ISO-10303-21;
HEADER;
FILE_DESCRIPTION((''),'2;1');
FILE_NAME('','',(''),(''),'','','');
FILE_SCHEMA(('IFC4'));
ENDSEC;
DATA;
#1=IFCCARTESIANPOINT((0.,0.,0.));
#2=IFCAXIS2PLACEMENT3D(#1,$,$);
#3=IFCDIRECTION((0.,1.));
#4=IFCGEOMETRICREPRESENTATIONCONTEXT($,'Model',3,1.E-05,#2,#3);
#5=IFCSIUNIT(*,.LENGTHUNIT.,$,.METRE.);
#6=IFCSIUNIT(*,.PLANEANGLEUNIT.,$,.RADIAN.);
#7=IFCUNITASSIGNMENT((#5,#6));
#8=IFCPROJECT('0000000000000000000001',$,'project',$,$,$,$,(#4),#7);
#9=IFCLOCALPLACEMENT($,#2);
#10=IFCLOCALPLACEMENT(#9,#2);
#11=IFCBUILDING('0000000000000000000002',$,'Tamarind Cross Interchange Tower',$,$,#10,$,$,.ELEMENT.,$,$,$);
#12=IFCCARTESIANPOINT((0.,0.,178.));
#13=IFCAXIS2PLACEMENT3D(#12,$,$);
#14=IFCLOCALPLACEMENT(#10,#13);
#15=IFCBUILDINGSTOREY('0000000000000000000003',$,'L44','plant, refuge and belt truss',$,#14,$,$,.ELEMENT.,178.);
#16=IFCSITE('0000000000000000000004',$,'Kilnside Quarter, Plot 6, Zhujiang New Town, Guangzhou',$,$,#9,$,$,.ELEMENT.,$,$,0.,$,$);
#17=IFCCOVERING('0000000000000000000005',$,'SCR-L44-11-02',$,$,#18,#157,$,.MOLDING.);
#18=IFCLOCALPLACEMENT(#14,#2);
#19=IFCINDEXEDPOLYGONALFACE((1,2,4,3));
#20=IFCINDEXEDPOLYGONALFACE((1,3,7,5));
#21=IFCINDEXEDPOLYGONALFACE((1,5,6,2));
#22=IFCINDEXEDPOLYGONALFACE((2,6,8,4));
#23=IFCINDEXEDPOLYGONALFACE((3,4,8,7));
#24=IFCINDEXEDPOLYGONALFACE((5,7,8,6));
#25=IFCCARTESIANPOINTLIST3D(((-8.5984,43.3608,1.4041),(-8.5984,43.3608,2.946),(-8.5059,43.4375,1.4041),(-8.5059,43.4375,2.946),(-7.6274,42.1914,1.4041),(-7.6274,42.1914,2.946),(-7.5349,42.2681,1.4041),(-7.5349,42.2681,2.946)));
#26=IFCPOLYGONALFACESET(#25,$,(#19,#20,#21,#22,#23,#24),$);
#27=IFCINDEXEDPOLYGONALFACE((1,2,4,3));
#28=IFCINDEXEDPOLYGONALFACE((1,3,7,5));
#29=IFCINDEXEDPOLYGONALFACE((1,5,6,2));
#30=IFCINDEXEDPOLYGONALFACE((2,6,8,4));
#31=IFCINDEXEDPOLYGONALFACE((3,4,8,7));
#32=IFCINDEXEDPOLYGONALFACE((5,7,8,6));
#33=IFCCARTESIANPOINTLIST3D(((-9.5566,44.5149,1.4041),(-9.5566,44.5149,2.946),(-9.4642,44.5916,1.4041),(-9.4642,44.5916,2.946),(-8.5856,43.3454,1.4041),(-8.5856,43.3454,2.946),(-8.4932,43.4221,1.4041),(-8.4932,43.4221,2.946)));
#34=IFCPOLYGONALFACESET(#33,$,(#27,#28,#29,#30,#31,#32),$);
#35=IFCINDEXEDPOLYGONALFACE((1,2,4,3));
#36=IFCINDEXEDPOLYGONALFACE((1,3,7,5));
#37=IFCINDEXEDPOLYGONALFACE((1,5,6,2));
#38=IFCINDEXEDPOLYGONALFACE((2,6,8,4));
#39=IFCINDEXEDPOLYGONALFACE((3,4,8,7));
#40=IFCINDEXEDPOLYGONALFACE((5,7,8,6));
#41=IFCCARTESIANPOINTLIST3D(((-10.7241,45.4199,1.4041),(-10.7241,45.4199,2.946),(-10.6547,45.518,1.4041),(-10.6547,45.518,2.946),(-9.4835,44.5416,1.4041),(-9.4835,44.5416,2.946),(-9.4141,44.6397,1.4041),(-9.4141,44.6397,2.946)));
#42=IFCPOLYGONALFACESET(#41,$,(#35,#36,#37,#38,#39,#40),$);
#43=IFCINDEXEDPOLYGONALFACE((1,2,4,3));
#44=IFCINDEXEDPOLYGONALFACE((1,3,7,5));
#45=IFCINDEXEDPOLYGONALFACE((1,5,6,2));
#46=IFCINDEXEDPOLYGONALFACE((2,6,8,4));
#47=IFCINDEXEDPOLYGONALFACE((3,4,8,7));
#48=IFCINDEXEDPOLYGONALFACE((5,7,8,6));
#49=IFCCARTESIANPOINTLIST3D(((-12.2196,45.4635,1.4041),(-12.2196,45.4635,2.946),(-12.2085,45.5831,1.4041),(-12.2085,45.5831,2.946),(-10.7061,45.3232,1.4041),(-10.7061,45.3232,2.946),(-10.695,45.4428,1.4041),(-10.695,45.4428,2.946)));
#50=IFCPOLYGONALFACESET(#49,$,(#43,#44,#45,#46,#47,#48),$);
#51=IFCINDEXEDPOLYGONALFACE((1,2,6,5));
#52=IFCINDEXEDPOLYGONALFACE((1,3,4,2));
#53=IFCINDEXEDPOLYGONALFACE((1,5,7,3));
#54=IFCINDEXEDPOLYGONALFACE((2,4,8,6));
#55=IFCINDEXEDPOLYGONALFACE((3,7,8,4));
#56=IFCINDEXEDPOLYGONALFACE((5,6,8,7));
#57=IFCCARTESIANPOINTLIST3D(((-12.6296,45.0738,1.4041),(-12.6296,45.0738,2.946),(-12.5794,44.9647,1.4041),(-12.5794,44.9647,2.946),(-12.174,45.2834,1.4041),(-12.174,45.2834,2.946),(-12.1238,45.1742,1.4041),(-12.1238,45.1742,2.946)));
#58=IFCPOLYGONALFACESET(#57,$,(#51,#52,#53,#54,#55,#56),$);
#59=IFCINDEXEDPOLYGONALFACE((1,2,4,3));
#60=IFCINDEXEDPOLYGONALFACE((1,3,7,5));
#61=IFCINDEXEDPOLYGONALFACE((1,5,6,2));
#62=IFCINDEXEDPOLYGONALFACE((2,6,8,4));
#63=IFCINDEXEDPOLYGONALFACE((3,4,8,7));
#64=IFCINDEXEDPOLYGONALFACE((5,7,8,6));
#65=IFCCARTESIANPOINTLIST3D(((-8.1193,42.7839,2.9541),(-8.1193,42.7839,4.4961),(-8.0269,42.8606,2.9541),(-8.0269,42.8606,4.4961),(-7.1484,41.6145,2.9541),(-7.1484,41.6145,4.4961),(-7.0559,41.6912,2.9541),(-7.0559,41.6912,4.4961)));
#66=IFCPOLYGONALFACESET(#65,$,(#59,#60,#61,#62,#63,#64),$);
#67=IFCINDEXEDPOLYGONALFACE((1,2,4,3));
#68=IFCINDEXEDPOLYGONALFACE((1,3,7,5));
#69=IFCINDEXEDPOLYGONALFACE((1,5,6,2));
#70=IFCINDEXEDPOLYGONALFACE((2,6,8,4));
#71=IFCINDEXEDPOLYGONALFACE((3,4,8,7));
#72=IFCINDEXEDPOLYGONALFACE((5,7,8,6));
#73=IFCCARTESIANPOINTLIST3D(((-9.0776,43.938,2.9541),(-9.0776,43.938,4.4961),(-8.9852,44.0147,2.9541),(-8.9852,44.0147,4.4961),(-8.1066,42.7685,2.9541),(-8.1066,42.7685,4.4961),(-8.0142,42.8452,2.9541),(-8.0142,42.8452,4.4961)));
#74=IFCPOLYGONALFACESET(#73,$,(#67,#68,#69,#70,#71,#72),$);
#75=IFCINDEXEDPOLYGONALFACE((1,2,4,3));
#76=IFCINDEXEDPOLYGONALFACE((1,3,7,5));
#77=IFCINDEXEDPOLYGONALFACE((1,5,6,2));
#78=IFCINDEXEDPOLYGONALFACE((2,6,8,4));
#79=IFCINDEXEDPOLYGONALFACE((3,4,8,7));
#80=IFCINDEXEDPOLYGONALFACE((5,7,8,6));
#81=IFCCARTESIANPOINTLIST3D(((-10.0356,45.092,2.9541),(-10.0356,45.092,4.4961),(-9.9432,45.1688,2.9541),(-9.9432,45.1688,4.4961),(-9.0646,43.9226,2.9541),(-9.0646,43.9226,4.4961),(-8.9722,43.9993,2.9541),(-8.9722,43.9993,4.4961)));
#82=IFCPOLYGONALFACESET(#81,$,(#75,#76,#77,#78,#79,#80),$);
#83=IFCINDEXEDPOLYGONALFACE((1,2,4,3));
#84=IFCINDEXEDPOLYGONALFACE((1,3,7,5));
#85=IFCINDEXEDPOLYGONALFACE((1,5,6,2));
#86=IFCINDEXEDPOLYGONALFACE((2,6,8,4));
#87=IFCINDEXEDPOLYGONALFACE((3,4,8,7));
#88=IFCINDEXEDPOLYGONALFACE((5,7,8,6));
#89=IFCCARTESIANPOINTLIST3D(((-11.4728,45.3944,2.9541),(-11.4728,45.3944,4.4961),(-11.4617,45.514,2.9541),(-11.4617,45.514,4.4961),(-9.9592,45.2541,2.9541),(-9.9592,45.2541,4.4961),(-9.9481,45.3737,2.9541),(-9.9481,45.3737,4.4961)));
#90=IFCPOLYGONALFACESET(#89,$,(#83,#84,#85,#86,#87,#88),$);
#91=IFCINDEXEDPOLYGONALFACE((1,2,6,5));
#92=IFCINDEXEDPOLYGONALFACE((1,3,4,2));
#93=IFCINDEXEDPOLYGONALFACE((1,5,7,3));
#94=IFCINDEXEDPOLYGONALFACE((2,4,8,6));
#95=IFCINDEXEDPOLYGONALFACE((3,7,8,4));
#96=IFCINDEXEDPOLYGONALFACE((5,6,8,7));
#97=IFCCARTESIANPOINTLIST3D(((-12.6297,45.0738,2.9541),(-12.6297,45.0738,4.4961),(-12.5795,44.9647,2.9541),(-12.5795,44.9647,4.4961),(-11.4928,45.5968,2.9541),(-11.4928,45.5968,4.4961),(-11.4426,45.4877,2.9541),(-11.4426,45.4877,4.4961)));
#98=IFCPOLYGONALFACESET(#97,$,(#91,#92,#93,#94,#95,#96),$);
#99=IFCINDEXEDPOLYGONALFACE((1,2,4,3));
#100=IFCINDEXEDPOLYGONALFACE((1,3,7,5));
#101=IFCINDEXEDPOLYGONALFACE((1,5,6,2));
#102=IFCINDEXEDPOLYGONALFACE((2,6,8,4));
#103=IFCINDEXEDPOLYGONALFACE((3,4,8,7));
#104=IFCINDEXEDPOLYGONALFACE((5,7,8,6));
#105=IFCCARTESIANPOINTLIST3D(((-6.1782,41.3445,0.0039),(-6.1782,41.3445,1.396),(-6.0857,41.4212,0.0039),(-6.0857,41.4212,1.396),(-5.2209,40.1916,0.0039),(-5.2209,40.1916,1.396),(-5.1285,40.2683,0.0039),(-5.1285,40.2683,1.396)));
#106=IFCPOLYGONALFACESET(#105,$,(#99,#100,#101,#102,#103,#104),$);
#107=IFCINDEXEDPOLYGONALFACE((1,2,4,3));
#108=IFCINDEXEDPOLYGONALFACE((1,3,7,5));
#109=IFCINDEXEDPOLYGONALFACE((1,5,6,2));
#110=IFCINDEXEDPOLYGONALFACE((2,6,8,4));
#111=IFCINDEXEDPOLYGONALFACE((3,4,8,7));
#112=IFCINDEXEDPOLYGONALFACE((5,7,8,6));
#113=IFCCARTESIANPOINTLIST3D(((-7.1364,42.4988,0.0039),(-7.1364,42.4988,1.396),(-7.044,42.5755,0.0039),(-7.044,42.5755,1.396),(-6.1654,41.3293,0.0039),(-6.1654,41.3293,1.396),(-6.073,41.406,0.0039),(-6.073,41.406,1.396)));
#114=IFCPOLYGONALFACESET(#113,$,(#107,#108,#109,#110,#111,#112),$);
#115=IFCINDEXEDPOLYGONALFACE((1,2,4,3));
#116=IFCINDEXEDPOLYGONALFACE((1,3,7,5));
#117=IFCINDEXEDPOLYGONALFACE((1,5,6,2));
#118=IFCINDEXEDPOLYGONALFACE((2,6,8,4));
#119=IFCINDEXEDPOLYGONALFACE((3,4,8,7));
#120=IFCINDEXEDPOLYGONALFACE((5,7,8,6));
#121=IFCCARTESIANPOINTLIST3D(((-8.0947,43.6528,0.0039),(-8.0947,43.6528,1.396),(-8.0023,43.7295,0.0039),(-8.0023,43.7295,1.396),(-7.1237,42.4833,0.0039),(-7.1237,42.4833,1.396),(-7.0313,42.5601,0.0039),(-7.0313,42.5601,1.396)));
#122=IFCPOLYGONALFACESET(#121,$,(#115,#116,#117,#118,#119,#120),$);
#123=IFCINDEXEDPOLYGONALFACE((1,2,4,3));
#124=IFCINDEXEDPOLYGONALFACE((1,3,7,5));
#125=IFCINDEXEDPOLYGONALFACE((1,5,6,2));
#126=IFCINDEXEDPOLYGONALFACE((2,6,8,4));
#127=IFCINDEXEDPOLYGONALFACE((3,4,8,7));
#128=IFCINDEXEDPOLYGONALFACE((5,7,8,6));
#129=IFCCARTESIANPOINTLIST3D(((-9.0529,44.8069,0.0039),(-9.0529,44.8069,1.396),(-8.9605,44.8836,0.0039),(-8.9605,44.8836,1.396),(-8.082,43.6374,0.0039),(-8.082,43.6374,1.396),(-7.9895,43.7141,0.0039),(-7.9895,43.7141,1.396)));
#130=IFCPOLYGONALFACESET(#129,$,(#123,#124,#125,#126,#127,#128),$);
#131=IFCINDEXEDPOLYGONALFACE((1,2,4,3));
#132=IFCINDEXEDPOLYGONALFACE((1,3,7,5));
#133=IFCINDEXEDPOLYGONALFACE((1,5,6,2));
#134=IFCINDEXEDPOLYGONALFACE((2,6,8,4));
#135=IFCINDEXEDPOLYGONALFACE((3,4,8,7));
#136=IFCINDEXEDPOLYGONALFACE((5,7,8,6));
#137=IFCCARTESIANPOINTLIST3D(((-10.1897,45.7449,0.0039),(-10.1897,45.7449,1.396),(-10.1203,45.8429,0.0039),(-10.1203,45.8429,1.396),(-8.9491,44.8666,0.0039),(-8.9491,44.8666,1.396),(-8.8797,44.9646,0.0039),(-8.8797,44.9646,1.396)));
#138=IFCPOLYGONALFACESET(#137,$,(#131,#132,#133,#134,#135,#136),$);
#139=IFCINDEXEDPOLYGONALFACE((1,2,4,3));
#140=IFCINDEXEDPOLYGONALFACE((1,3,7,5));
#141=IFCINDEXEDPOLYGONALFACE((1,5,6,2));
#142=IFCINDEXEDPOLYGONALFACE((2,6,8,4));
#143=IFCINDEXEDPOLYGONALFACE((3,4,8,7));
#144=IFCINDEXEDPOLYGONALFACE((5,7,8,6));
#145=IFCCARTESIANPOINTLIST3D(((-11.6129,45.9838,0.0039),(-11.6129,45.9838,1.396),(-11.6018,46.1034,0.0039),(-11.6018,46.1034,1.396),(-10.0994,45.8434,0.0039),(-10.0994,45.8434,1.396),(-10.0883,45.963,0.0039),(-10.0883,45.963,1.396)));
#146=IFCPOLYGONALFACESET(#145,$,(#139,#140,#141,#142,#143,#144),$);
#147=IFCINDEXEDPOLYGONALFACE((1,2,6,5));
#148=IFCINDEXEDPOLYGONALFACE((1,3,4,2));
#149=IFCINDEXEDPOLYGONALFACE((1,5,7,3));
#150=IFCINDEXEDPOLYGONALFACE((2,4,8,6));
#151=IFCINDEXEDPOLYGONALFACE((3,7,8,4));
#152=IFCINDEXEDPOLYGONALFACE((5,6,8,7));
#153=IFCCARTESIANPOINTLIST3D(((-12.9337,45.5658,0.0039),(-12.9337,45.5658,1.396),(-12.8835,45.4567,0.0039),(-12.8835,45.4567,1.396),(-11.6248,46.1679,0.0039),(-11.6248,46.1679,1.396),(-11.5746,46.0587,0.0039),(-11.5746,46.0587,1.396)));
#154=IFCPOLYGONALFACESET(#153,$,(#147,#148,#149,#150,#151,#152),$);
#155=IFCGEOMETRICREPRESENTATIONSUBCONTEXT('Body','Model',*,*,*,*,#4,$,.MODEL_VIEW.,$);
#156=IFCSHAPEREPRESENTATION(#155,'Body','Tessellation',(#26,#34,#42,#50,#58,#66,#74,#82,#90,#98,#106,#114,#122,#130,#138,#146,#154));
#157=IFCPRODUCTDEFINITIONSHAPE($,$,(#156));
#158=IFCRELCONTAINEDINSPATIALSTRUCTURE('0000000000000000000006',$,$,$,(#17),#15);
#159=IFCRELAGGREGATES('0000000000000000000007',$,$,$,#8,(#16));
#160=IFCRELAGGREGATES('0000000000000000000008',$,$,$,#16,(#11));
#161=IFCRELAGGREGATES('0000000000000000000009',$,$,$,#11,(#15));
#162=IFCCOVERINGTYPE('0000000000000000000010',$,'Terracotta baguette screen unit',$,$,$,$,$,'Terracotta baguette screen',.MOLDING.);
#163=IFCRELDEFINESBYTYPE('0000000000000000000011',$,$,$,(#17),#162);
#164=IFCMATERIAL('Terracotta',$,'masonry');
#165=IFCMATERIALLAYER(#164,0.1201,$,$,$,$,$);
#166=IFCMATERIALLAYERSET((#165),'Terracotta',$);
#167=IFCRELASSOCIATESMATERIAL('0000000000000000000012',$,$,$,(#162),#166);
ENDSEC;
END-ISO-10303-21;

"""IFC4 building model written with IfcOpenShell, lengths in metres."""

from ifc_helpers import new_model, si_unit, direction, frame, origin, origin_2d, place, context, subcontext, project, spatial, rectangle, extrude, material, layer, layer_set, type_object, element, save


model = new_model("IFC4")

# Units and contexts
model_context = context("Model", 3, precision=1e-05, world=origin(), true_north=direction((0.0, 1.0)))
body_context = subcontext(model_context, "Body", "Model", "MODEL_VIEW")
ifc_project = project(units=[si_unit("LENGTHUNIT", "METRE"), si_unit("PLANEANGLEUNIT", "RADIAN")], contexts=[model_context])

# Site, building, storey
site_placement = place(None, origin())
site = spatial("IfcSite", under=ifc_project, at=site_placement, Name="Kilnside Quarter, Plot 6, Zhujiang New Town, Guangzhou", CompositionType="ELEMENT", RefElevation=0.0)
building_placement = place(site_placement, origin())
building = spatial("IfcBuilding", under=site, at=building_placement, Name="Tamarind Cross Interchange Tower", CompositionType="ELEMENT")
storey_placement = place(building_placement, frame((0.0, 0.0, 178.0)))
storey = spatial("IfcBuildingStorey", under=building, at=storey_placement, Name="L44", Description="plant, refuge and belt truss", CompositionType="ELEMENT", Elevation=178.0)

# Covering
ifc_material_1 = material(Name="Terracotta", Category="masonry")
ifc_layer_1 = layer(ifc_material_1, 0.1201)
ifc_layer_set_1 = layer_set([ifc_layer_1], Name="Terracotta")
covering_type = type_object("IfcCoveringType", Name="Terracotta baguette screen unit", ElementType="Terracotta baguette screen", PredefinedType="MOLDING", material=ifc_layer_set_1)
covering_1_placement = place(storey_placement, origin())
element("IfcCovering", 1, at=covering_1_placement, inside=storey, type_object=covering_type, Name="SCR-L44-11-02", PredefinedType="MOLDING", context=body_context, shape_type="SweptSolid", body=[
    extrude(rectangle(XDim=1.52, YDim=0.1201, at=origin_2d()), frame((-8.0667, 42.8145, 1.4041), z_axis=(0.0, 0.0, 1.0), x_axis=(-0.6388, 0.769373, 0.0)), (0.0, 0.0, 1.0), 1.542),
    extrude(rectangle(XDim=1.52, YDim=0.1201, at=origin_2d()), frame((-9.0249, 43.9685, 1.4041), z_axis=(0.0, 0.0, 1.0), x_axis=(-0.6388, 0.769373, 0.0)), (0.0, 0.0, 1.0), 1.542),
    extrude(rectangle(XDim=1.52, YDim=0.1201, at=origin_2d()), frame((-10.0691, 45.0298, 1.4041), z_axis=(0.0, 0.0, 1.0), x_axis=(-0.816162, 0.577823, 0.0)), (0.0, 0.0, 1.0), 1.542),
    extrude(rectangle(XDim=1.52, YDim=0.1201, at=origin_2d()), frame((-11.4573, 45.4531, 1.4041), z_axis=(0.0, 0.0, 1.0), x_axis=(-0.995729, 0.092329, 0.0)), (0.0, 0.0, 1.0), 1.542),
    extrude(rectangle(XDim=0.5015, YDim=0.1201, at=origin_2d()), frame((-12.3767, 45.124, 1.4041), z_axis=(0.0, 0.0, 1.0), x_axis=(-0.908491, -0.417905, 0.0)), (0.0, 0.0, 1.0), 1.542),
    extrude(rectangle(XDim=1.52, YDim=0.1201, at=origin_2d()), frame((-7.5876, 42.2375, 2.9541), z_axis=(0.0, 0.0, 1.0), x_axis=(-0.6388, 0.769373, 0.0)), (0.0, 0.0, 1.0), 1.542),
    extrude(rectangle(XDim=1.52, YDim=0.1201, at=origin_2d()), frame((-8.5459, 43.3916, 2.9541), z_axis=(0.0, 0.0, 1.0), x_axis=(-0.6388, 0.769373, 0.0)), (0.0, 0.0, 1.0), 1.542),
    extrude(rectangle(XDim=1.52, YDim=0.1201, at=origin_2d()), frame((-9.5039, 44.5457, 2.9541), z_axis=(0.0, 0.0, 1.0), x_axis=(-0.6388, 0.769373, 0.0)), (0.0, 0.0, 1.0), 1.542),
    extrude(rectangle(XDim=1.52, YDim=0.1201, at=origin_2d()), frame((-10.7104, 45.384, 2.9541), z_axis=(0.0, 0.0, 1.0), x_axis=(-0.995729, 0.092329, 0.0)), (0.0, 0.0, 1.0), 1.542),
    extrude(rectangle(XDim=1.2515, YDim=0.1201, at=origin_2d()), frame((-12.0361, 45.2808, 2.9541), z_axis=(0.0, 0.0, 1.0), x_axis=(-0.908491, -0.417905, 0.0)), (0.0, 0.0, 1.0), 1.542),
    extrude(rectangle(XDim=1.4985, YDim=0.1201, at=origin_2d()), frame((-5.6533, 40.8064, 0.0039), z_axis=(0.0, 0.0, 1.0), x_axis=(-0.6388, 0.769373, 0.0)), (0.0, 0.0, 1.0), 1.3921),
    extrude(rectangle(XDim=1.52, YDim=0.1201, at=origin_2d()), frame((-6.6047, 41.9524, 0.0039), z_axis=(0.0, 0.0, 1.0), x_axis=(-0.6388, 0.769373, 0.0)), (0.0, 0.0, 1.0), 1.3921),
    extrude(rectangle(XDim=1.52, YDim=0.1201, at=origin_2d()), frame((-7.563, 43.1064, 0.0039), z_axis=(0.0, 0.0, 1.0), x_axis=(-0.6388, 0.769373, 0.0)), (0.0, 0.0, 1.0), 1.3921),
    extrude(rectangle(XDim=1.52, YDim=0.1201, at=origin_2d()), frame((-8.5212, 44.2605, 0.0039), z_axis=(0.0, 0.0, 1.0), x_axis=(-0.6388, 0.769373, 0.0)), (0.0, 0.0, 1.0), 1.3921),
    extrude(rectangle(XDim=1.52, YDim=0.1201, at=origin_2d()), frame((-9.5347, 45.3547, 0.0039), z_axis=(0.0, 0.0, 1.0), x_axis=(-0.816162, 0.577823, 0.0)), (0.0, 0.0, 1.0), 1.3921),
    extrude(rectangle(XDim=1.52, YDim=0.1201, at=origin_2d()), frame((-10.8506, 45.9734, 0.0039), z_axis=(0.0, 0.0, 1.0), x_axis=(-0.995729, 0.092329, 0.0)), (0.0, 0.0, 1.0), 1.3921),
    extrude(rectangle(XDim=1.4407, YDim=0.1201, at=origin_2d()), frame((-12.2542, 45.8123, 0.0039), z_axis=(0.0, 0.0, 1.0), x_axis=(-0.908491, -0.417905, 0.0)), (0.0, 0.0, 1.0), 1.3921),
])

save(model, "model.ifc")
